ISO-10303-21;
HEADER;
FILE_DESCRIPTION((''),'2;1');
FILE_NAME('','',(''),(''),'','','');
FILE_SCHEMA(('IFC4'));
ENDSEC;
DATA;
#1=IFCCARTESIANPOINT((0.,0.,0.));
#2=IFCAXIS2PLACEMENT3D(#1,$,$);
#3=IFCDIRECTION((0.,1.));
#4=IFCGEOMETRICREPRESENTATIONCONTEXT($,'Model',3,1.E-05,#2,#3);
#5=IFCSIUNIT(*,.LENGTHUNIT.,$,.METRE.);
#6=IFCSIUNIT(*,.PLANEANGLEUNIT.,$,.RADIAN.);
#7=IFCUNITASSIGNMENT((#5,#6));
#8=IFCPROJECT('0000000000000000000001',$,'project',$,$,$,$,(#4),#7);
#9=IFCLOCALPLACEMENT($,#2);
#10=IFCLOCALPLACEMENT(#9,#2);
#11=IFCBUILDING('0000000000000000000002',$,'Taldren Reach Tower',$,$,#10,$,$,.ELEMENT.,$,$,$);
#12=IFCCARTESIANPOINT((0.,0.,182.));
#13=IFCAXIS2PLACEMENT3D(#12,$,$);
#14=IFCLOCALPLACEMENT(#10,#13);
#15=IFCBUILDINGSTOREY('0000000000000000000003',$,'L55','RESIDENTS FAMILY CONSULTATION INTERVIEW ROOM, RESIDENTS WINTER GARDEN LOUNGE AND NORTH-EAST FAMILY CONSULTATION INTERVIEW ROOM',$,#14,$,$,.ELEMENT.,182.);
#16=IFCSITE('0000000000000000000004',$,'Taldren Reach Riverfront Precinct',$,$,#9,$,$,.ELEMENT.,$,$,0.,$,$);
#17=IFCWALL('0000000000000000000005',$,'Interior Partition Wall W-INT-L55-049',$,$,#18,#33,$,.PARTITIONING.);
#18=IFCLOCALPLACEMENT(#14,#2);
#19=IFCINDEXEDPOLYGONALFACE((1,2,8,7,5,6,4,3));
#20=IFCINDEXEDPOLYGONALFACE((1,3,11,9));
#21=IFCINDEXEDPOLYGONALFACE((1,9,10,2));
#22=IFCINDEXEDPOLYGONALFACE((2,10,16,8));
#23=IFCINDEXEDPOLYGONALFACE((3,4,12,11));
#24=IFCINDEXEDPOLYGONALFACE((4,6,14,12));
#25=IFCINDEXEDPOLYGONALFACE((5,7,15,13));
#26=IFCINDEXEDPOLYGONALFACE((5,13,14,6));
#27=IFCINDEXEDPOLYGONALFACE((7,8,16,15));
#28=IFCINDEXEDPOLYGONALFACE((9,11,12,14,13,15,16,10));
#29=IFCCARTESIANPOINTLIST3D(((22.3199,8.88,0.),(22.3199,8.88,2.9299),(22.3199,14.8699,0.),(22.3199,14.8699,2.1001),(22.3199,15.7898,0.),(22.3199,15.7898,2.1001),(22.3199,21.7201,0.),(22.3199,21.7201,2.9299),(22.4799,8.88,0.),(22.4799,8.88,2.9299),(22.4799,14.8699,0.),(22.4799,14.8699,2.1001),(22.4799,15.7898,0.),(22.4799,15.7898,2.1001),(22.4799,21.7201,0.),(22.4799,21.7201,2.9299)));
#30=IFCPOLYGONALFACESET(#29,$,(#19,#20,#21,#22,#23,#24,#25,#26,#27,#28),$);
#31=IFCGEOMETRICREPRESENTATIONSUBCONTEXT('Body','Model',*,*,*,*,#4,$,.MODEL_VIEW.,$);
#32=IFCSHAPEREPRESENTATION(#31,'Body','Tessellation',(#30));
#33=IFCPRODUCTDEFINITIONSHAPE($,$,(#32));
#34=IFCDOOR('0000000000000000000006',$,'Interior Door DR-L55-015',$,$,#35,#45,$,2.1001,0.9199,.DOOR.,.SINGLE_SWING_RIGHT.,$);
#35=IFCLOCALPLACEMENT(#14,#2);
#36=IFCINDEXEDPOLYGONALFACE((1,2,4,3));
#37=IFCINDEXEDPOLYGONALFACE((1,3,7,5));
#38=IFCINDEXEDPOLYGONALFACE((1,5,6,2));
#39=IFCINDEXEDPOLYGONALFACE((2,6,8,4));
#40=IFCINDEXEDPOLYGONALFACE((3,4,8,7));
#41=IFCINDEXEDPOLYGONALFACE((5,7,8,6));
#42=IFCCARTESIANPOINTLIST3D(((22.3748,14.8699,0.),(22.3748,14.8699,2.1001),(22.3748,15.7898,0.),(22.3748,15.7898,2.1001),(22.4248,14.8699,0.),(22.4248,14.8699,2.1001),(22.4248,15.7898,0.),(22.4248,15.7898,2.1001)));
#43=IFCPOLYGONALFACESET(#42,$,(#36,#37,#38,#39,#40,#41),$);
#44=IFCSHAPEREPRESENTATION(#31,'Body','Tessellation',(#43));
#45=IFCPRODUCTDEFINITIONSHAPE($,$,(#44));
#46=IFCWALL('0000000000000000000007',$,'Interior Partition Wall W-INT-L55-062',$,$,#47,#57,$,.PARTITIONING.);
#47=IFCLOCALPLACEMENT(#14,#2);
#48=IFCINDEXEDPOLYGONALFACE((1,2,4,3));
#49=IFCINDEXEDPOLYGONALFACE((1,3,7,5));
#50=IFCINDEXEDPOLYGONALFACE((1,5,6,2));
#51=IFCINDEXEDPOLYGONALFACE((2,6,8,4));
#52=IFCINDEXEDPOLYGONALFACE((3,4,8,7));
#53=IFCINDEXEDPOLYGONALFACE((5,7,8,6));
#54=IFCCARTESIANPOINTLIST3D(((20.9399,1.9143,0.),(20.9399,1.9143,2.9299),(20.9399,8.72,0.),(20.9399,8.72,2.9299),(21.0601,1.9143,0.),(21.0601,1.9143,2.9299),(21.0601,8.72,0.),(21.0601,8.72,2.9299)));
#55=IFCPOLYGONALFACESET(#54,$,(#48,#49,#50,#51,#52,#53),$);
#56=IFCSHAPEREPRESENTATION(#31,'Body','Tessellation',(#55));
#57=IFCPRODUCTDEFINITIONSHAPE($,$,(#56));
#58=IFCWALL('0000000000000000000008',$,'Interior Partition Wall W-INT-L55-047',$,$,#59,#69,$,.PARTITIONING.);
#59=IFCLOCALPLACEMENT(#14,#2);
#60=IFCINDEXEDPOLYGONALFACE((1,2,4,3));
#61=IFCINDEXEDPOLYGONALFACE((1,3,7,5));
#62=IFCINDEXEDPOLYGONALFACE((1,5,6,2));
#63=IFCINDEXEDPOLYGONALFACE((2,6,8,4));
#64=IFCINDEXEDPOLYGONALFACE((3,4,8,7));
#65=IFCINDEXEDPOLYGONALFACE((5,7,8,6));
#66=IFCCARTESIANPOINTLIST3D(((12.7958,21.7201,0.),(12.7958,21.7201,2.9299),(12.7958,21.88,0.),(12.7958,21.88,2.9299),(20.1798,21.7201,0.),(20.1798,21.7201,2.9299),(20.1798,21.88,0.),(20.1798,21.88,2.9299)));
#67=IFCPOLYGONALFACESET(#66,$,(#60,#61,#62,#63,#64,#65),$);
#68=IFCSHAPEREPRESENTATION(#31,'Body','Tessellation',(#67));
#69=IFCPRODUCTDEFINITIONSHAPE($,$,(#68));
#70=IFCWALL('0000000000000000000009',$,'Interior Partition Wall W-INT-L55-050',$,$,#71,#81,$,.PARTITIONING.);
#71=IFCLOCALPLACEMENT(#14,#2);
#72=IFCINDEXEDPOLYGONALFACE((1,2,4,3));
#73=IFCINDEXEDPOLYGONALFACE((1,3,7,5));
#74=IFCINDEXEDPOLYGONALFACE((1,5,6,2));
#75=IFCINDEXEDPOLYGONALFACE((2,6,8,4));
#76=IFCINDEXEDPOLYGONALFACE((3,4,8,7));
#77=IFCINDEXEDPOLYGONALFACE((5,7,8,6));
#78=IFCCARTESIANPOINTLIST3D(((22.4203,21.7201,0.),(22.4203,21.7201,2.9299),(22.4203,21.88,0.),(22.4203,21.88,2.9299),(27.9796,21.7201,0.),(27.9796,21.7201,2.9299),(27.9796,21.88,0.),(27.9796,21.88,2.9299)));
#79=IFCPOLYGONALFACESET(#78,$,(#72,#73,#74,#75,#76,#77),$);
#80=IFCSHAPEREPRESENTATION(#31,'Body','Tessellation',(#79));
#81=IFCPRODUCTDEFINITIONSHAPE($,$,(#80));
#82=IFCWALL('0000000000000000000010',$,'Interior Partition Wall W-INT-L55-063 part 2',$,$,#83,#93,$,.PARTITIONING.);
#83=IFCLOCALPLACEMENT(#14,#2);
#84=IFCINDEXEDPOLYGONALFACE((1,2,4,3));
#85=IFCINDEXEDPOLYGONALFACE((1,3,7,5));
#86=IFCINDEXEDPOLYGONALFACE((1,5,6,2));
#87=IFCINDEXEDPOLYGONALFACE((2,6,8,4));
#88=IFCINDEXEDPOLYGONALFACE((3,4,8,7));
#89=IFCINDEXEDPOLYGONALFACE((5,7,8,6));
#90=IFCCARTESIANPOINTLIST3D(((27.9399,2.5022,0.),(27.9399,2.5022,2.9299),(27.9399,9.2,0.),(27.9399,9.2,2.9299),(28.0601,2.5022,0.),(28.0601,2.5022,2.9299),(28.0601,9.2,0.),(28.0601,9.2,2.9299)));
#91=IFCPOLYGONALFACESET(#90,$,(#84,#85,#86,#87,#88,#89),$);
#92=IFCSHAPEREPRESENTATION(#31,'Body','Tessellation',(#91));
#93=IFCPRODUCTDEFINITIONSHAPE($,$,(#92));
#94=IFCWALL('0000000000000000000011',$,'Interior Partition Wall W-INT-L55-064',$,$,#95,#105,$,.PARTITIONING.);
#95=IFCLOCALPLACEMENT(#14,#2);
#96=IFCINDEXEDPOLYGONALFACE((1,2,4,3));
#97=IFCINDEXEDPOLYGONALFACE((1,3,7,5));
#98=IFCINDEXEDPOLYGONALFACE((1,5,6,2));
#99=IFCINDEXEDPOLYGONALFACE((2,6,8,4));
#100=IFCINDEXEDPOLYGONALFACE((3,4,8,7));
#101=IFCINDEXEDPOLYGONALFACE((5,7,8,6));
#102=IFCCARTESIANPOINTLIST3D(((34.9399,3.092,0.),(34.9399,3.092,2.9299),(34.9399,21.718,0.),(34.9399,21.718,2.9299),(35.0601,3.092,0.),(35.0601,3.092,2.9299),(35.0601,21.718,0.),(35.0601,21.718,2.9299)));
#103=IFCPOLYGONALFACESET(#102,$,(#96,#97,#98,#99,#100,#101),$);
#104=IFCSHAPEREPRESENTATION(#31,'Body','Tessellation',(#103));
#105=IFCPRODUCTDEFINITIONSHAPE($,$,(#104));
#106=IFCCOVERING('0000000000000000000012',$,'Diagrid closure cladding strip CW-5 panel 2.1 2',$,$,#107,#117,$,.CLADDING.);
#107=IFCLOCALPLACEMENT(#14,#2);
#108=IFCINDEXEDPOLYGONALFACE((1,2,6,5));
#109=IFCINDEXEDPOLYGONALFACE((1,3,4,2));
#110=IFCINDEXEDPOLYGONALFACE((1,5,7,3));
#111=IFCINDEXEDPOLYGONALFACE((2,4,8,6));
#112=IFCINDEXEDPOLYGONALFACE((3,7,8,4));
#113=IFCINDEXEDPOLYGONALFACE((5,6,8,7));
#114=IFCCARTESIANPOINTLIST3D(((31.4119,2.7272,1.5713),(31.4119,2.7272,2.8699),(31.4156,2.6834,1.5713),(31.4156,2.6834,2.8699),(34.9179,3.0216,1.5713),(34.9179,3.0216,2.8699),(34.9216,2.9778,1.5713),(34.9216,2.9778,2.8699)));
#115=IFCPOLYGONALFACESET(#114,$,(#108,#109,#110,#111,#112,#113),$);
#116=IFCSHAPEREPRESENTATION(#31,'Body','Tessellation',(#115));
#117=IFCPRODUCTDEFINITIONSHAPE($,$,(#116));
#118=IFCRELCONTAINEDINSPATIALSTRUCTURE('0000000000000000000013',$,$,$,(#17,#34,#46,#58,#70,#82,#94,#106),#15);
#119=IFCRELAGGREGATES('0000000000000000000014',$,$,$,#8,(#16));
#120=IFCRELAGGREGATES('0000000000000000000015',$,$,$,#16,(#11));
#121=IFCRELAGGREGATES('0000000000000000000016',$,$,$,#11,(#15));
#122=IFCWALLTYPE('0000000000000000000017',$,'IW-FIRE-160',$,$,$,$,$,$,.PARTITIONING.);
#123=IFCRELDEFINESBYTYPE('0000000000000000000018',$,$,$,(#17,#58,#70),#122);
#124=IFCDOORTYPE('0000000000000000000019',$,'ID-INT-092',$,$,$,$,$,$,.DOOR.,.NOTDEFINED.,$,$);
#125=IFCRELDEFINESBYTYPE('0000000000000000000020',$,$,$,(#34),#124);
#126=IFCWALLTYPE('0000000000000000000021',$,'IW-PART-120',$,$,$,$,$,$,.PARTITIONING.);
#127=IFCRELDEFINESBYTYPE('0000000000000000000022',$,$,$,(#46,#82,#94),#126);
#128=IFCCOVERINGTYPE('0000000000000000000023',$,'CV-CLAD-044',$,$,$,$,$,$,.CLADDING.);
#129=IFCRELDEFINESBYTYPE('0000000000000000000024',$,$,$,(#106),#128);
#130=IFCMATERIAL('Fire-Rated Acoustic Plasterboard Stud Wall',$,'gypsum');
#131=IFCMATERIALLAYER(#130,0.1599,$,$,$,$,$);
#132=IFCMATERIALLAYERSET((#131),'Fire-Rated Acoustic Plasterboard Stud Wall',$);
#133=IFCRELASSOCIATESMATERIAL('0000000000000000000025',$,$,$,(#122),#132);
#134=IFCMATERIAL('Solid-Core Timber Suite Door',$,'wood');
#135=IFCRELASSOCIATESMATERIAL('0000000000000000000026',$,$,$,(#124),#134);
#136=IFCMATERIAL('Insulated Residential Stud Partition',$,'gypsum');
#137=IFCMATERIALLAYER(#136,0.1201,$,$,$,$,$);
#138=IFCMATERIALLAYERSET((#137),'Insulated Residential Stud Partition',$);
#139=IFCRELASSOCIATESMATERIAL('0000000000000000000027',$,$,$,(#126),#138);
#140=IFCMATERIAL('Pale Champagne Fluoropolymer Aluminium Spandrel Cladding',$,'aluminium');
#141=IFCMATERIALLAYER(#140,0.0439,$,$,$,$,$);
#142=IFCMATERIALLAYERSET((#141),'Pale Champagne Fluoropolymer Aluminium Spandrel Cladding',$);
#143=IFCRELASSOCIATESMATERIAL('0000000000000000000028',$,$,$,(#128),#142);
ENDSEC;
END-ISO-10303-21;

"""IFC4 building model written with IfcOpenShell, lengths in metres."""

from ifc_helpers import new_model, si_unit, direction, frame, frame_2d, origin, origin_2d, place, context, subcontext, project, spatial, rectangle, extrude, source, transform, mapped, material, layer, layer_set, type_object, element, fill, save


model = new_model("IFC4")

# Units and contexts
model_context = context("Model", 3, precision=1e-05, world=origin(), true_north=direction((0.0, 1.0)))
body_context = subcontext(model_context, "Body", "Model", "MODEL_VIEW")
ifc_project = project(units=[si_unit("LENGTHUNIT", "METRE"), si_unit("PLANEANGLEUNIT", "RADIAN")], contexts=[model_context])

# Site, building, storey
site_placement = place(None, origin())
site = spatial("IfcSite", under=ifc_project, at=site_placement, Name="Taldren Reach Riverfront Precinct", CompositionType="ELEMENT", RefElevation=0.0)
building_placement = place(site_placement, origin())
building = spatial("IfcBuilding", under=site, at=building_placement, Name="Taldren Reach Tower", CompositionType="ELEMENT")
storey_placement = place(building_placement, frame((0.0, 0.0, 182.0)))
storey = spatial("IfcBuildingStorey", under=building, at=storey_placement, Name="L55", Description="RESIDENTS FAMILY CONSULTATION INTERVIEW ROOM, RESIDENTS WINTER GARDEN LOUNGE AND NORTH-EAST FAMILY CONSULTATION INTERVIEW ROOM", CompositionType="ELEMENT", Elevation=182.0)

# Shared definitions
ifc_material_1 = material(Name="Fire-Rated Acoustic Plasterboard Stud Wall", Category="gypsum")
ifc_layer_1 = layer(ifc_material_1, 0.1599)
ifc_layer_set_1 = layer_set([ifc_layer_1], Name="Fire-Rated Acoustic Plasterboard Stud Wall")
wall_type_1 = type_object("IfcWallType", Name="IW-FIRE-160", PredefinedType="PARTITIONING", material=ifc_layer_set_1)

# Shared definitions
shared_shape_1 = source(origin(), body_context, "Body", "SweptSolid", [
    extrude(rectangle(XDim=0.9199, YDim=2.1001, at=frame_2d((0.46, 1.05))), frame((0.0, 0.0898, 0.0), z_axis=(0.0, -1.0, 0.0), x_axis=(1.0, 0.0, 0.0)), (0.0, 0.0, 1.0), 0.1799),
])
ifc_material_2 = material(Name="Solid-Core Timber Suite Door", Category="wood")
door_type_1 = type_object("IfcDoorType", Name="ID-INT-092", OperationType="NOTDEFINED", PredefinedType="DOOR", material=ifc_material_2)
shared_shape_2 = source(origin(), body_context, "Body", "SweptSolid", [
    extrude(rectangle(XDim=0.9199, YDim=2.1001, at=frame_2d((0.46, 1.05))), frame((0.0, 0.0249, 0.0), z_axis=(0.0, -1.0, 0.0), x_axis=(1.0, 0.0, 0.0)), (0.0, 0.0, 1.0), 0.05),
])

# Shared definitions
ifc_material_3 = material(Name="Insulated Residential Stud Partition", Category="gypsum")
ifc_layer_2 = layer(ifc_material_3, 0.1201)
ifc_layer_set_2 = layer_set([ifc_layer_2], Name="Insulated Residential Stud Partition")
wall_type_2 = type_object("IfcWallType", Name="IW-PART-120", PredefinedType="PARTITIONING", material=ifc_layer_set_2)

# Wall, opening, door
shared_shape_3 = source(origin(), body_context, "Body", "SweptSolid", [
    extrude(rectangle(XDim=12.8401, YDim=0.1599, at=frame_2d((6.4199, 0.0))), origin(), (0.0, 0.0, 1.0), 2.9299),
])
wall_1_placement = place(storey_placement, frame((22.3999, 21.72, 0.0), z_axis=(0.0, 0.0, 1.0), x_axis=(0.0, -1.0, 0.0)))
wall_1 = element("IfcWall", 1, at=wall_1_placement, inside=storey, type_object=wall_type_1, Name="Interior Partition Wall W-INT-L55-049", PredefinedType="PARTITIONING", context=body_context, shape_type="MappedRepresentation", body=[
    mapped(shared_shape_3, transform((0.0, 0.0, 0.0), scale=1.0)),
])
opening_1_placement = place(wall_1_placement, frame((5.9302, 0.0, 0.0)))
opening_1 = element("IfcOpeningElement", 2, at=opening_1_placement, cuts=wall_1, PredefinedType="OPENING", context=body_context, shape_type="MappedRepresentation", body=[
    mapped(shared_shape_1, transform((0.0, 0.0, 0.0), scale=1.0)),
])
door_1_placement = place(opening_1_placement, origin())
door_1 = element("IfcDoor", 3, at=door_1_placement, inside=storey, type_object=door_type_1, Name="Interior Door DR-L55-015", OperationType="SINGLE_SWING_RIGHT", OverallHeight=2.1001, OverallWidth=0.9199, PredefinedType="DOOR", context=body_context, shape_type="MappedRepresentation", body=[
    mapped(shared_shape_2, transform((0.0, 0.0, 0.0), scale=1.0)),
])
fill(opening_1, door_1)

# Walls
shared_shape_4 = source(origin(), body_context, "Body", "SweptSolid", [
    extrude(rectangle(XDim=6.8057, YDim=0.1201, at=frame_2d((3.4028, 0.0))), origin(), (0.0, 0.0, 1.0), 2.9299),
])
wall_2_placement = place(storey_placement, frame((21.0, 8.72, 0.0), z_axis=(0.0, 0.0, 1.0), x_axis=(0.0, -1.0, 0.0)))
element("IfcWall", 4, at=wall_2_placement, inside=storey, type_object=wall_type_2, Name="Interior Partition Wall W-INT-L55-062", PredefinedType="PARTITIONING", context=body_context, shape_type="MappedRepresentation", body=[
    mapped(shared_shape_4, transform((0.0, 0.0, 0.0), scale=1.0)),
])
shared_shape_5 = source(origin(), body_context, "Body", "SweptSolid", [
    extrude(rectangle(XDim=7.384, YDim=0.1599, at=frame_2d((3.6919, 0.0))), origin(), (0.0, 0.0, 1.0), 2.9299),
])
wall_3_placement = place(storey_placement, frame((20.1797, 21.8, 0.0), z_axis=(0.0, 0.0, 1.0), x_axis=(-1.0, 0.0, 0.0)))
element("IfcWall", 5, at=wall_3_placement, inside=storey, type_object=wall_type_1, Name="Interior Partition Wall W-INT-L55-047", PredefinedType="PARTITIONING", context=body_context, shape_type="MappedRepresentation", body=[
    mapped(shared_shape_5, transform((0.0, 0.0, 0.0), scale=1.0)),
])
shared_shape_6 = source(origin(), body_context, "Body", "SweptSolid", [
    extrude(rectangle(XDim=5.5593, YDim=0.1599, at=frame_2d((2.7798, 0.0))), origin(), (0.0, 0.0, 1.0), 2.9299),
])
wall_4_placement = place(storey_placement, frame((27.9797, 21.8, 0.0), z_axis=(0.0, 0.0, 1.0), x_axis=(-1.0, 0.0, 0.0)))
element("IfcWall", 6, at=wall_4_placement, inside=storey, type_object=wall_type_1, Name="Interior Partition Wall W-INT-L55-050", PredefinedType="PARTITIONING", context=body_context, shape_type="MappedRepresentation", body=[
    mapped(shared_shape_6, transform((0.0, 0.0, 0.0), scale=1.0)),
])
shared_shape_7 = source(origin(), body_context, "Body", "SweptSolid", [
    extrude(rectangle(XDim=6.6978, YDim=0.1201, at=frame_2d((3.3489, 0.0))), origin(), (0.0, 0.0, 1.0), 2.9299),
])
wall_5_placement = place(storey_placement, frame((28.0, 9.2, 0.0), z_axis=(0.0, 0.0, 1.0), x_axis=(0.0, -1.0, 0.0)))
element("IfcWall", 7, at=wall_5_placement, inside=storey, type_object=wall_type_2, Name="Interior Partition Wall W-INT-L55-063 part 2", PredefinedType="PARTITIONING", context=body_context, shape_type="MappedRepresentation", body=[
    mapped(shared_shape_7, transform((0.0, 0.0, 0.0), scale=1.0)),
])
shared_shape_8 = source(origin(), body_context, "Body", "SweptSolid", [
    extrude(rectangle(XDim=18.626, YDim=0.1201, at=frame_2d((9.313, 0.0))), origin(), (0.0, 0.0, 1.0), 2.9299),
])
wall_6_placement = place(storey_placement, frame((35.0, 21.718, 0.0), z_axis=(0.0, 0.0, 1.0), x_axis=(0.0, -1.0, 0.0)))
element("IfcWall", 8, at=wall_6_placement, inside=storey, type_object=wall_type_2, Name="Interior Partition Wall W-INT-L55-064", PredefinedType="PARTITIONING", context=body_context, shape_type="MappedRepresentation", body=[
    mapped(shared_shape_8, transform((0.0, 0.0, 0.0), scale=1.0)),
])

# Covering
ifc_material_4 = material(Name="Pale Champagne Fluoropolymer Aluminium Spandrel Cladding", Category="aluminium")
ifc_layer_3 = layer(ifc_material_4, 0.0439)
ifc_layer_set_3 = layer_set([ifc_layer_3], Name="Pale Champagne Fluoropolymer Aluminium Spandrel Cladding")
covering_type = type_object("IfcCoveringType", Name="CV-CLAD-044", PredefinedType="CLADDING", material=ifc_layer_set_3)
shared_shape_9 = source(origin(), body_context, "Body", "SweptSolid", [
    extrude(rectangle(XDim=3.5183, YDim=0.0439, at=origin_2d()), origin(), (0.0, 0.0, 1.0), 1.2986),
])
covering_placement = place(storey_placement, frame((33.1667, 2.8525, 1.5713), z_axis=(0.0, 0.0, 1.0), x_axis=(0.996493, 0.083678, 0.0)))
element("IfcCovering", 9, at=covering_placement, inside=storey, type_object=covering_type, Name="Diagrid closure cladding strip CW-5 panel 2.1 2", PredefinedType="CLADDING", context=body_context, shape_type="MappedRepresentation", body=[
    mapped(shared_shape_9, transform((0.0, 0.0, 0.0), scale=1.0)),
])

save(model, "model.ifc")
